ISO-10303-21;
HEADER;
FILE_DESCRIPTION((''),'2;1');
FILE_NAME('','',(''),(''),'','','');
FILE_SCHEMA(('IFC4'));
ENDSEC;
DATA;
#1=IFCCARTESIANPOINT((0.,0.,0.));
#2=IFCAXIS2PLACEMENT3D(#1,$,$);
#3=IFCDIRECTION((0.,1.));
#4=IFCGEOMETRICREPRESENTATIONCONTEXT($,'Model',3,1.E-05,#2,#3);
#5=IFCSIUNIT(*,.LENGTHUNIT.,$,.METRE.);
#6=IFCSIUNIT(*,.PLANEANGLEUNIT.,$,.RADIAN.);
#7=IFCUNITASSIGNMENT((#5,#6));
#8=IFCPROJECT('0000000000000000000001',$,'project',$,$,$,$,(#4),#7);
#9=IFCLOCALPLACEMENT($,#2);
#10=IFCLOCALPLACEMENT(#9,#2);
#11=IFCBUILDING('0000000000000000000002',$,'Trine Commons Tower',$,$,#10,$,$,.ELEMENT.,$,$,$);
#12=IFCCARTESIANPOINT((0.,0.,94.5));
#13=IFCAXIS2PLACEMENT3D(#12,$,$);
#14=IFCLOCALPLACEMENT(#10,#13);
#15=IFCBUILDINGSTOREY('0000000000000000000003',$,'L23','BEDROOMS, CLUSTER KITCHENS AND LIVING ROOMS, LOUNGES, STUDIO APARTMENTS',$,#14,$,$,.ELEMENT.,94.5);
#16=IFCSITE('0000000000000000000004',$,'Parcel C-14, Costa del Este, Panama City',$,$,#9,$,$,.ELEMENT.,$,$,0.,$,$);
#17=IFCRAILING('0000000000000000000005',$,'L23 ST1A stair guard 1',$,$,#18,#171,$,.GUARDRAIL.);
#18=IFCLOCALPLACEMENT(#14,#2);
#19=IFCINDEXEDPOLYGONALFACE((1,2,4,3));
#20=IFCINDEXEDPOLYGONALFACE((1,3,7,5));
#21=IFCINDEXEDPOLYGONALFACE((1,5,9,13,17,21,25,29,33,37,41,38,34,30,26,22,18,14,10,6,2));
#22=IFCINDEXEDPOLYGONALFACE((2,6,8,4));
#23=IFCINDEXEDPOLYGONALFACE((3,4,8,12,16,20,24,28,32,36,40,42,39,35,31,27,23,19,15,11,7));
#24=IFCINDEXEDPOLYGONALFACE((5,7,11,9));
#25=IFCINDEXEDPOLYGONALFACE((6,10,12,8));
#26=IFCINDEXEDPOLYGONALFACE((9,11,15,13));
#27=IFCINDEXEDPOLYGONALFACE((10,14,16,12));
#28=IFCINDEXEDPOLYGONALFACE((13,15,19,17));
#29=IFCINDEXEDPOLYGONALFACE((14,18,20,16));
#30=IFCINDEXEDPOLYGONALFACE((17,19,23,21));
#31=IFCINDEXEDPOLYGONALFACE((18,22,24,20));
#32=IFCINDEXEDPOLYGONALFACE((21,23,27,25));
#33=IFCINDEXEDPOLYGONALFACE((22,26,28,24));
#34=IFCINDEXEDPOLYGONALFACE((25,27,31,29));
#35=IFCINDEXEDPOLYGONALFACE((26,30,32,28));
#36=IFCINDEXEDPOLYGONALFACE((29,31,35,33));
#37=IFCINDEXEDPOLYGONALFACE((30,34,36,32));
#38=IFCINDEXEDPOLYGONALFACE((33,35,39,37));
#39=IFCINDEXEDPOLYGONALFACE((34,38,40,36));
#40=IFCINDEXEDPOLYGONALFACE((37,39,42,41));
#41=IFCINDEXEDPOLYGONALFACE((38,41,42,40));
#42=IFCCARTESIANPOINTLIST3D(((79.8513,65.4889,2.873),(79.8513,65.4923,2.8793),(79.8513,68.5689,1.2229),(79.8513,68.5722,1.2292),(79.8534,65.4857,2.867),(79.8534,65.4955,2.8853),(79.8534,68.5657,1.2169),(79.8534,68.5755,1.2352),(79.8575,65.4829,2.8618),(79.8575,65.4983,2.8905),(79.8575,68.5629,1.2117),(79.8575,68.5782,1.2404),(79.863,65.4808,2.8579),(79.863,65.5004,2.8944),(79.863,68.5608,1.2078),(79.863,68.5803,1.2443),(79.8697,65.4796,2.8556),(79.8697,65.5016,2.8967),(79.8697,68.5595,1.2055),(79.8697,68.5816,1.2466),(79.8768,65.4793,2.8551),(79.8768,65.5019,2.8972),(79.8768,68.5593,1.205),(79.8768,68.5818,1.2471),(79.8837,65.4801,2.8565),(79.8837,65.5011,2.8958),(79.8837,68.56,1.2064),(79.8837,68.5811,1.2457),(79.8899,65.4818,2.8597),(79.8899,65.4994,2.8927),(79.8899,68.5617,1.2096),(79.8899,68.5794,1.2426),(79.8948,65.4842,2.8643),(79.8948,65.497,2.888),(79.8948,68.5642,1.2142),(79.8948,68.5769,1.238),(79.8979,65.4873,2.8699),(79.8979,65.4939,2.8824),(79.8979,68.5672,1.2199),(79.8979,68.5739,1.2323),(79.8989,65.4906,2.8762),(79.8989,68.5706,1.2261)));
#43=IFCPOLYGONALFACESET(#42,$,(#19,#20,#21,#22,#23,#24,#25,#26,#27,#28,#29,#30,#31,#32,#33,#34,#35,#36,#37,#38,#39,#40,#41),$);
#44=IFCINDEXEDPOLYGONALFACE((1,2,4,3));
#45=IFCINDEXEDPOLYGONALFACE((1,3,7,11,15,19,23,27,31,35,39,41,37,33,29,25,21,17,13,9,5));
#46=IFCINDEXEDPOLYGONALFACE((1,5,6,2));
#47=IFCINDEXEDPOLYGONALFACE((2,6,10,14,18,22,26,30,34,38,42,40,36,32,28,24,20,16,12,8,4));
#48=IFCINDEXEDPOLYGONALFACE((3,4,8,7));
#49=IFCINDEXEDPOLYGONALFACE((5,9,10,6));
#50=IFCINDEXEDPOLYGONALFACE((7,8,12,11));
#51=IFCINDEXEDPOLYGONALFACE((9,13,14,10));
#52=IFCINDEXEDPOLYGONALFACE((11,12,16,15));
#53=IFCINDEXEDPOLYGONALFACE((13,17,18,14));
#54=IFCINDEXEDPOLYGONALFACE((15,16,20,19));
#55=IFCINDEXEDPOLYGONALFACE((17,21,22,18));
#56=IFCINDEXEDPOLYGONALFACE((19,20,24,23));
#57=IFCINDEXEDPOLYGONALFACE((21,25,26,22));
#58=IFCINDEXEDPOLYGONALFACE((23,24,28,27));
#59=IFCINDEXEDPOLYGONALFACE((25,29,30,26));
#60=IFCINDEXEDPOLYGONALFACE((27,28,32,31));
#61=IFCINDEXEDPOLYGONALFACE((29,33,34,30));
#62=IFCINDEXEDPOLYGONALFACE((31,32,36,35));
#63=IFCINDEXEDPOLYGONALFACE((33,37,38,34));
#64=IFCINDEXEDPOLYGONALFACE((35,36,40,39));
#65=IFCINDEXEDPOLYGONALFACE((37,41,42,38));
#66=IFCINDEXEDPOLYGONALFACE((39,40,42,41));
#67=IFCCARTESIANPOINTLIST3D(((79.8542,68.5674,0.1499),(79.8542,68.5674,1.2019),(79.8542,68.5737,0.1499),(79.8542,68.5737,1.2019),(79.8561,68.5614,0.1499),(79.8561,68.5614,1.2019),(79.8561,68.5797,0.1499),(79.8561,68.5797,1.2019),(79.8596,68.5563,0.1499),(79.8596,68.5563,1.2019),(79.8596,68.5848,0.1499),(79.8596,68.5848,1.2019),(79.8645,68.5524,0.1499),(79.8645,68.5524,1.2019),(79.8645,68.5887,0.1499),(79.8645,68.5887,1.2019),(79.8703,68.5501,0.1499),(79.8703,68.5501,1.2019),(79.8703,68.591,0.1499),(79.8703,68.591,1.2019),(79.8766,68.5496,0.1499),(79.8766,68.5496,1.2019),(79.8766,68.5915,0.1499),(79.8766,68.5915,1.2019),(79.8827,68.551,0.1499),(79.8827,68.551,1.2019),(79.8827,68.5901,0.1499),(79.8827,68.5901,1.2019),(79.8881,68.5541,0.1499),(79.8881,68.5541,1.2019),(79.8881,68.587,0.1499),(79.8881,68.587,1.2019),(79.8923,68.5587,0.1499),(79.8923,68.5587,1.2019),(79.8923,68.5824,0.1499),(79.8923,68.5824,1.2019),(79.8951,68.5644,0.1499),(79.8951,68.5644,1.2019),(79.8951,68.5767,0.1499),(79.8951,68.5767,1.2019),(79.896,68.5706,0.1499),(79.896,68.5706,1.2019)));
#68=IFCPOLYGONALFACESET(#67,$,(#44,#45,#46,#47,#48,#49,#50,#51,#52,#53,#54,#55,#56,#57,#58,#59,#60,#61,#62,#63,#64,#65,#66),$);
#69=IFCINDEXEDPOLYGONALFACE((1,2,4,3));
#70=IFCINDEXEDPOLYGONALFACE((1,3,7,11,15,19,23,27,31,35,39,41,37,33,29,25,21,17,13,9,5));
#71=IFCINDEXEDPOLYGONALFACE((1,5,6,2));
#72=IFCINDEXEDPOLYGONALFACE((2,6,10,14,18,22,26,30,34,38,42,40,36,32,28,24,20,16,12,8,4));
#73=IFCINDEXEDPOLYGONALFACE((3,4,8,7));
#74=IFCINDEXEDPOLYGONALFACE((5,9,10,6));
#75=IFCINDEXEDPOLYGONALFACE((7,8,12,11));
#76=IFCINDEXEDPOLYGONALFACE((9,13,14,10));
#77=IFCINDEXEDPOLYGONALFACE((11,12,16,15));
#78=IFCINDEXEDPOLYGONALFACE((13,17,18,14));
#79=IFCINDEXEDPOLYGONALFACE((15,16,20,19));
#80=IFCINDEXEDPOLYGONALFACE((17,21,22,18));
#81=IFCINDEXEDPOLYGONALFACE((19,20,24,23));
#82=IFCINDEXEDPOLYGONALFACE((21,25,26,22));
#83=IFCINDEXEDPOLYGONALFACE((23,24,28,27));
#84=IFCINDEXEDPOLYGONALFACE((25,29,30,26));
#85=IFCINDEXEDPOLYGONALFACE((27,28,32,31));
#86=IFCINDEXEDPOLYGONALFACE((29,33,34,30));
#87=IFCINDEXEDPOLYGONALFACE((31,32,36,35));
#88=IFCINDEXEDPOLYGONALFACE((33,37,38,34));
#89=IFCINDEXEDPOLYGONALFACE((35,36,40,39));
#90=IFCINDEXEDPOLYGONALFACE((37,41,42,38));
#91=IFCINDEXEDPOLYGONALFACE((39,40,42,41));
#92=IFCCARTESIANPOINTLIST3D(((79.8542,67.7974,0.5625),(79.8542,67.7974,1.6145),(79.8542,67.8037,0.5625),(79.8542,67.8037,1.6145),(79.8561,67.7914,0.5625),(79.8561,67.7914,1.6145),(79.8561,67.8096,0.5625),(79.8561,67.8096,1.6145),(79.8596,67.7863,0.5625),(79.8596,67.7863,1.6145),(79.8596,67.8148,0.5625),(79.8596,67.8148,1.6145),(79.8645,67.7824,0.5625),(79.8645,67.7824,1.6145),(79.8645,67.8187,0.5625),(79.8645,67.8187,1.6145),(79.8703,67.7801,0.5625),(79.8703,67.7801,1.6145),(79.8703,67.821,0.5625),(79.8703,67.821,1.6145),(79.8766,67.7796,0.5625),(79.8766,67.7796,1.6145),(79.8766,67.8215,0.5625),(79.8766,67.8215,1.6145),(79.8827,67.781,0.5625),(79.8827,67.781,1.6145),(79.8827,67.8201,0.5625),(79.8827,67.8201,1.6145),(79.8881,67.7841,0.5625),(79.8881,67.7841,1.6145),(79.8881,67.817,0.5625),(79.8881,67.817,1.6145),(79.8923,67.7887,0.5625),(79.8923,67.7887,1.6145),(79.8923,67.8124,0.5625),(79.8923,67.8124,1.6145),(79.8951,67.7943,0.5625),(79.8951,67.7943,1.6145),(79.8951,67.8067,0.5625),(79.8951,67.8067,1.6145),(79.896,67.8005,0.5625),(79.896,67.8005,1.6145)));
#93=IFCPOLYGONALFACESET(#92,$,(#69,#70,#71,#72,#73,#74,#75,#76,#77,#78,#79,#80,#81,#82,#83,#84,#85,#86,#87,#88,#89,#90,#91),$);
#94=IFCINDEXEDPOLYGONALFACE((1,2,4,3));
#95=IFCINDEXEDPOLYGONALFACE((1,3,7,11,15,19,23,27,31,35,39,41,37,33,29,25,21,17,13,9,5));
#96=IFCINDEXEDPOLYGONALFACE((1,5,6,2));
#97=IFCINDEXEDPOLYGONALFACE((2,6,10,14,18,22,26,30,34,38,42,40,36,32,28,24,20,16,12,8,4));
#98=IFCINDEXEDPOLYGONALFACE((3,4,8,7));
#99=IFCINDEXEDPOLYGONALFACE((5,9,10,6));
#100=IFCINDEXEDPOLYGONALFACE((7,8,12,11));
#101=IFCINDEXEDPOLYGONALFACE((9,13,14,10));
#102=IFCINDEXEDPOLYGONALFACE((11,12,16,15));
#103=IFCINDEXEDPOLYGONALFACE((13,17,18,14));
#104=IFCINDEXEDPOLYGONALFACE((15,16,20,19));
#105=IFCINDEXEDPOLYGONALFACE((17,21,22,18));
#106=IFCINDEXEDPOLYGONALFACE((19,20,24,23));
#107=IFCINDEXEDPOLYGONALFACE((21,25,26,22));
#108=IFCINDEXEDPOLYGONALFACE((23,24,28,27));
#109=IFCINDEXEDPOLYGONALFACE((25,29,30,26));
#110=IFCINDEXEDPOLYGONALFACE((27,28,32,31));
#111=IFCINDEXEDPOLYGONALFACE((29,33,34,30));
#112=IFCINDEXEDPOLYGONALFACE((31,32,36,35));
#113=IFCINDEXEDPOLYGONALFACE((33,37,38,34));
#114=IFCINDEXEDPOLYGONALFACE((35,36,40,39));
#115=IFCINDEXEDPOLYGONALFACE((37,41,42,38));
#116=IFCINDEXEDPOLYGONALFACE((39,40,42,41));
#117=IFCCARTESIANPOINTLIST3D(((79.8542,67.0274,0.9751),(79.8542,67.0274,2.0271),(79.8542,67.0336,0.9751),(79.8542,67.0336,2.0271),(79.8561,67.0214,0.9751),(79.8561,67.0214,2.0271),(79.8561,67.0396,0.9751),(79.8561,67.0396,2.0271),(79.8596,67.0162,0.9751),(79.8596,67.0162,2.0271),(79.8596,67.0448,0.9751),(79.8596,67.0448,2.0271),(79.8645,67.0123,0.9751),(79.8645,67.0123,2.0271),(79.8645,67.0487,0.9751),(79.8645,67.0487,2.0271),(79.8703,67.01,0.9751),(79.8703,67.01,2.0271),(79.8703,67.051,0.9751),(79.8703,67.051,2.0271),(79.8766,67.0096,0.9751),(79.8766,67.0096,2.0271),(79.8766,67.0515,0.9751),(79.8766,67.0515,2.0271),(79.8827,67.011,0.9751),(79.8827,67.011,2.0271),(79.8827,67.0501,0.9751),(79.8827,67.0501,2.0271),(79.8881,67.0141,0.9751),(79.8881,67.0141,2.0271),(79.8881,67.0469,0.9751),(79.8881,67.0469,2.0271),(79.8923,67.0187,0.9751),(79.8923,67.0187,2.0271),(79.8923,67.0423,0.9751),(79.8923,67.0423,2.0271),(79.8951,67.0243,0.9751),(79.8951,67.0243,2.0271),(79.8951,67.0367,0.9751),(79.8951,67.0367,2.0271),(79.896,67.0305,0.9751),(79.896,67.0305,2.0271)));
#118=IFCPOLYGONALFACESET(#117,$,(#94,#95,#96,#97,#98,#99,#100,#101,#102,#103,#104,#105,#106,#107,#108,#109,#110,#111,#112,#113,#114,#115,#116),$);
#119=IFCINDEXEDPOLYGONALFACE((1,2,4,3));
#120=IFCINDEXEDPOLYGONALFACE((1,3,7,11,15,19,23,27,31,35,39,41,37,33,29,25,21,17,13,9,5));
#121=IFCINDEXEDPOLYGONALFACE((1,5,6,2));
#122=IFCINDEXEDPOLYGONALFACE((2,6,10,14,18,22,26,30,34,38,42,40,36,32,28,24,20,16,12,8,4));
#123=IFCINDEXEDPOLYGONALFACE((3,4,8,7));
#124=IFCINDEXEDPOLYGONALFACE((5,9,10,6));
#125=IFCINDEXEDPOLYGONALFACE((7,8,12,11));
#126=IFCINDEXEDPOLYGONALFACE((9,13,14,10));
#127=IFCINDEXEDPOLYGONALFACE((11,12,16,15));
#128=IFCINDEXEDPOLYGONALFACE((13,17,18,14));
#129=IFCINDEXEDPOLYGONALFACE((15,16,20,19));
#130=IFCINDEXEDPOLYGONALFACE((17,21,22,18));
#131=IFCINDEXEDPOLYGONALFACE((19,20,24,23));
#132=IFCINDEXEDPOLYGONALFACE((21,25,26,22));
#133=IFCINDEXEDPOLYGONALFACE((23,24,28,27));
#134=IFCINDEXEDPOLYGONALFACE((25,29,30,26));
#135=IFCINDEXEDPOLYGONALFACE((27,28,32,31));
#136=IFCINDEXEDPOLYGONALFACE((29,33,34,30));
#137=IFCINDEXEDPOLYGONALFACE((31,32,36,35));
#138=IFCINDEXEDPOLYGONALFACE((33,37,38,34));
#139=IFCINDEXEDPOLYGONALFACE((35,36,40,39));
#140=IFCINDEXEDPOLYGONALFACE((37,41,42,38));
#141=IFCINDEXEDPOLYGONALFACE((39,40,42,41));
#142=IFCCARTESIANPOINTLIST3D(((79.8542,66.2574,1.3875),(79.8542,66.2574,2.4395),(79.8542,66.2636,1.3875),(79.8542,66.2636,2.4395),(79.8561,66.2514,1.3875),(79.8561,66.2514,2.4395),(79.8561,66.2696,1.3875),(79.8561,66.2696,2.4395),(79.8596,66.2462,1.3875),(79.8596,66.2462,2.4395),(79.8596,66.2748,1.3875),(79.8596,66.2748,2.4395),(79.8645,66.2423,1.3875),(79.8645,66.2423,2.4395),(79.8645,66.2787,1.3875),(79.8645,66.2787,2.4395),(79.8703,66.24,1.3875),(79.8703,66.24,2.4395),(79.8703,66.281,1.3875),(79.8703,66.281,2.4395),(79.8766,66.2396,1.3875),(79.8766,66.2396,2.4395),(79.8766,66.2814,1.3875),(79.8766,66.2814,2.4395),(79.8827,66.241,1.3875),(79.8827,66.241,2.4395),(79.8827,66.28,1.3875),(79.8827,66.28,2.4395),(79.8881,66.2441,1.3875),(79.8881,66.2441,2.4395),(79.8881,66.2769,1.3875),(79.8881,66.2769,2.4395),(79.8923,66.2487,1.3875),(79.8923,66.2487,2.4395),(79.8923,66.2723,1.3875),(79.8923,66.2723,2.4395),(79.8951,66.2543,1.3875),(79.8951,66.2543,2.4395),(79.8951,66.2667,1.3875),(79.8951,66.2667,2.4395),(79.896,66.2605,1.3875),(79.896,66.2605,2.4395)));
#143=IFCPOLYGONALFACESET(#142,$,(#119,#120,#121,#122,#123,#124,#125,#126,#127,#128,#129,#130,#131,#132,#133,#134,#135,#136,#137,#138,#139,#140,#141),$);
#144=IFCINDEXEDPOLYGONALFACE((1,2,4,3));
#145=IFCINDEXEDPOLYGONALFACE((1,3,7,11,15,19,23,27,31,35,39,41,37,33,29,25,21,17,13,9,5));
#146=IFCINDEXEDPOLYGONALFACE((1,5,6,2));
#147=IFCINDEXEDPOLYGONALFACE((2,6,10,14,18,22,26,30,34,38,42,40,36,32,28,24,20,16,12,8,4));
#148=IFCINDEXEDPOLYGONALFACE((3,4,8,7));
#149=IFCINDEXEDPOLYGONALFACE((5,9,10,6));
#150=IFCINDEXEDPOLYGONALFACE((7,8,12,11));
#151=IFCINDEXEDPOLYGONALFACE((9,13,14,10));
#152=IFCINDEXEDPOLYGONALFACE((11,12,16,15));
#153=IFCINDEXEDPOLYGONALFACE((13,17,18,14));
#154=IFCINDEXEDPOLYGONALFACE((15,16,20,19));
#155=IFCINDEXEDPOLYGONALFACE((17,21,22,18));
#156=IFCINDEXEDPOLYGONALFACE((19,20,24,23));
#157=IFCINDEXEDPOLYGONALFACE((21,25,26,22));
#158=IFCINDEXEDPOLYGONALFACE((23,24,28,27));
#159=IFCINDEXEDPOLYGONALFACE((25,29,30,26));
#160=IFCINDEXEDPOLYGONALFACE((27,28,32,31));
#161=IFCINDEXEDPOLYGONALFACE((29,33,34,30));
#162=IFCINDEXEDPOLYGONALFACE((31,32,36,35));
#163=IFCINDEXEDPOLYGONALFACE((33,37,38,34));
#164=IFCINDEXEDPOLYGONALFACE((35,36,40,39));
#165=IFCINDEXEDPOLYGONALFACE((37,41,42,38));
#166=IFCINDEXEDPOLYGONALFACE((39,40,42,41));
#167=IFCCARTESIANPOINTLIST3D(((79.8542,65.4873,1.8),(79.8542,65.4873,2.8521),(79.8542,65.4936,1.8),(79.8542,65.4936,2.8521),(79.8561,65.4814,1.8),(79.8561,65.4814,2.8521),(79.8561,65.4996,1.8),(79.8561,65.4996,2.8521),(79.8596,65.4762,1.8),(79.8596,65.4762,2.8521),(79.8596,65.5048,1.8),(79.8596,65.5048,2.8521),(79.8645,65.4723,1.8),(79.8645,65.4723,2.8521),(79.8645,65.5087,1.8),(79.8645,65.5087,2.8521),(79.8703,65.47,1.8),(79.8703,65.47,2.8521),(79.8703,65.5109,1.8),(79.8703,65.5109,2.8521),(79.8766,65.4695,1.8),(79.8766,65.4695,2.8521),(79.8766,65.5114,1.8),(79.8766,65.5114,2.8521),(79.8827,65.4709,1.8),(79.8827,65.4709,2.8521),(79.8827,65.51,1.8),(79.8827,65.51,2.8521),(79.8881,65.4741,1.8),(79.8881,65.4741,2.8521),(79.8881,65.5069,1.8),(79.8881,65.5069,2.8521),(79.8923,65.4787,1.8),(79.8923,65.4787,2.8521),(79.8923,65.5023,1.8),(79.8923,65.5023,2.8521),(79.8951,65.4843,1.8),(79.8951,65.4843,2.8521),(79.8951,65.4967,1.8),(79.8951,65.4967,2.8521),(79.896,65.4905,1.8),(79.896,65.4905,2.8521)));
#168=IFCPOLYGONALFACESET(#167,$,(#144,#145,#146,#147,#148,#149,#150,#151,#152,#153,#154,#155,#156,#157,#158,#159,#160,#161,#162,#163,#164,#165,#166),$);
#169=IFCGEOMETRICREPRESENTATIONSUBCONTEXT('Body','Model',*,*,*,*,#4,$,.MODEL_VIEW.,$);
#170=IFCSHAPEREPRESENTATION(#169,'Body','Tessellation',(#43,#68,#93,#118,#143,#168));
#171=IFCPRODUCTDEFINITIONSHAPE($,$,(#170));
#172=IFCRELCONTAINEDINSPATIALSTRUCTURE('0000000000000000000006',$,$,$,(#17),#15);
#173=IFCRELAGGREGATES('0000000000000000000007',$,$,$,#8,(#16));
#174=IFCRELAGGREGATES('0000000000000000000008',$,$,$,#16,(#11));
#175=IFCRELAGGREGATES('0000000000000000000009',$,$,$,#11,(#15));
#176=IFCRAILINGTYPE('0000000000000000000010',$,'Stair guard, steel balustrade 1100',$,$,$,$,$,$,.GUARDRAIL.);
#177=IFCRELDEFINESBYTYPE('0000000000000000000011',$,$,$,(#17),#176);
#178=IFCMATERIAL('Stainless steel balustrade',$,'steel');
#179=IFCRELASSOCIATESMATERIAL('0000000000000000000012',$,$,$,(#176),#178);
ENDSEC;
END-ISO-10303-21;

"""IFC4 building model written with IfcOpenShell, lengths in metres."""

from ifc_helpers import new_model, si_unit, direction, frame, origin, origin_2d, place, context, subcontext, project, spatial, circle, extrude, material, type_object, element, save


model = new_model("IFC4")

# Units and contexts
model_context = context("Model", 3, precision=1e-05, world=origin(), true_north=direction((0.0, 1.0)))
body_context = subcontext(model_context, "Body", "Model", "MODEL_VIEW")
ifc_project = project(units=[si_unit("LENGTHUNIT", "METRE"), si_unit("PLANEANGLEUNIT", "RADIAN")], contexts=[model_context])

# Site, building, storey
site_placement = place(None, origin())
site = spatial("IfcSite", under=ifc_project, at=site_placement, Name="Parcel C-14, Costa del Este, Panama City", CompositionType="ELEMENT", RefElevation=0.0)
building_placement = place(site_placement, origin())
building = spatial("IfcBuilding", under=site, at=building_placement, Name="Trine Commons Tower", CompositionType="ELEMENT")
storey_placement = place(building_placement, frame((0.0, 0.0, 94.5)))
storey = spatial("IfcBuildingStorey", under=building, at=storey_placement, Name="L23", Description="BEDROOMS, CLUSTER KITCHENS AND LIVING ROOMS, LOUNGES, STUDIO APARTMENTS", CompositionType="ELEMENT", Elevation=94.5)

# Railing
ifc_material_1 = material(Name="Stainless steel balustrade", Category="steel")
railing_type_1 = type_object("IfcRailingType", Name="Stair guard, steel balustrade 1100", PredefinedType="GUARDRAIL", material=ifc_material_1)
railing_1_placement = place(storey_placement, frame((79.875, 68.5706, 0.1499)))
element("IfcRailing", 1, at=railing_1_placement, inside=storey, type_object=railing_type_1, Name="L23 ST1A stair guard 1", PredefinedType="GUARDRAIL", context=body_context, shape_type="SweptSolid", body=[
    extrude(circle(Radius=0.0239, at=origin_2d()), frame((0.0, 0.0, 1.0762), z_axis=(0.0, -0.881468, 0.472245), x_axis=(1.0, 0.0, 0.0)), (0.0, 0.0, 1.0), 3.4941),
    extrude(circle(Radius=0.021, at=origin_2d()), origin(), (0.0, 0.0, 1.0), 1.052),
    extrude(circle(Radius=0.021, at=origin_2d()), frame((0.0, -0.77, 0.4126)), (0.0, 0.0, 1.0), 1.052),
    extrude(circle(Radius=0.021, at=origin_2d()), frame((0.0, -1.54, 0.8252)), (0.0, 0.0, 1.0), 1.052),
    extrude(circle(Radius=0.021, at=origin_2d()), frame((0.0, -2.3101, 1.2375)), (0.0, 0.0, 1.0), 1.052),
    extrude(circle(Radius=0.021, at=origin_2d()), frame((0.0, -3.0801, 1.6501)), (0.0, 0.0, 1.0), 1.052),
])

save(model, "model.ifc")
